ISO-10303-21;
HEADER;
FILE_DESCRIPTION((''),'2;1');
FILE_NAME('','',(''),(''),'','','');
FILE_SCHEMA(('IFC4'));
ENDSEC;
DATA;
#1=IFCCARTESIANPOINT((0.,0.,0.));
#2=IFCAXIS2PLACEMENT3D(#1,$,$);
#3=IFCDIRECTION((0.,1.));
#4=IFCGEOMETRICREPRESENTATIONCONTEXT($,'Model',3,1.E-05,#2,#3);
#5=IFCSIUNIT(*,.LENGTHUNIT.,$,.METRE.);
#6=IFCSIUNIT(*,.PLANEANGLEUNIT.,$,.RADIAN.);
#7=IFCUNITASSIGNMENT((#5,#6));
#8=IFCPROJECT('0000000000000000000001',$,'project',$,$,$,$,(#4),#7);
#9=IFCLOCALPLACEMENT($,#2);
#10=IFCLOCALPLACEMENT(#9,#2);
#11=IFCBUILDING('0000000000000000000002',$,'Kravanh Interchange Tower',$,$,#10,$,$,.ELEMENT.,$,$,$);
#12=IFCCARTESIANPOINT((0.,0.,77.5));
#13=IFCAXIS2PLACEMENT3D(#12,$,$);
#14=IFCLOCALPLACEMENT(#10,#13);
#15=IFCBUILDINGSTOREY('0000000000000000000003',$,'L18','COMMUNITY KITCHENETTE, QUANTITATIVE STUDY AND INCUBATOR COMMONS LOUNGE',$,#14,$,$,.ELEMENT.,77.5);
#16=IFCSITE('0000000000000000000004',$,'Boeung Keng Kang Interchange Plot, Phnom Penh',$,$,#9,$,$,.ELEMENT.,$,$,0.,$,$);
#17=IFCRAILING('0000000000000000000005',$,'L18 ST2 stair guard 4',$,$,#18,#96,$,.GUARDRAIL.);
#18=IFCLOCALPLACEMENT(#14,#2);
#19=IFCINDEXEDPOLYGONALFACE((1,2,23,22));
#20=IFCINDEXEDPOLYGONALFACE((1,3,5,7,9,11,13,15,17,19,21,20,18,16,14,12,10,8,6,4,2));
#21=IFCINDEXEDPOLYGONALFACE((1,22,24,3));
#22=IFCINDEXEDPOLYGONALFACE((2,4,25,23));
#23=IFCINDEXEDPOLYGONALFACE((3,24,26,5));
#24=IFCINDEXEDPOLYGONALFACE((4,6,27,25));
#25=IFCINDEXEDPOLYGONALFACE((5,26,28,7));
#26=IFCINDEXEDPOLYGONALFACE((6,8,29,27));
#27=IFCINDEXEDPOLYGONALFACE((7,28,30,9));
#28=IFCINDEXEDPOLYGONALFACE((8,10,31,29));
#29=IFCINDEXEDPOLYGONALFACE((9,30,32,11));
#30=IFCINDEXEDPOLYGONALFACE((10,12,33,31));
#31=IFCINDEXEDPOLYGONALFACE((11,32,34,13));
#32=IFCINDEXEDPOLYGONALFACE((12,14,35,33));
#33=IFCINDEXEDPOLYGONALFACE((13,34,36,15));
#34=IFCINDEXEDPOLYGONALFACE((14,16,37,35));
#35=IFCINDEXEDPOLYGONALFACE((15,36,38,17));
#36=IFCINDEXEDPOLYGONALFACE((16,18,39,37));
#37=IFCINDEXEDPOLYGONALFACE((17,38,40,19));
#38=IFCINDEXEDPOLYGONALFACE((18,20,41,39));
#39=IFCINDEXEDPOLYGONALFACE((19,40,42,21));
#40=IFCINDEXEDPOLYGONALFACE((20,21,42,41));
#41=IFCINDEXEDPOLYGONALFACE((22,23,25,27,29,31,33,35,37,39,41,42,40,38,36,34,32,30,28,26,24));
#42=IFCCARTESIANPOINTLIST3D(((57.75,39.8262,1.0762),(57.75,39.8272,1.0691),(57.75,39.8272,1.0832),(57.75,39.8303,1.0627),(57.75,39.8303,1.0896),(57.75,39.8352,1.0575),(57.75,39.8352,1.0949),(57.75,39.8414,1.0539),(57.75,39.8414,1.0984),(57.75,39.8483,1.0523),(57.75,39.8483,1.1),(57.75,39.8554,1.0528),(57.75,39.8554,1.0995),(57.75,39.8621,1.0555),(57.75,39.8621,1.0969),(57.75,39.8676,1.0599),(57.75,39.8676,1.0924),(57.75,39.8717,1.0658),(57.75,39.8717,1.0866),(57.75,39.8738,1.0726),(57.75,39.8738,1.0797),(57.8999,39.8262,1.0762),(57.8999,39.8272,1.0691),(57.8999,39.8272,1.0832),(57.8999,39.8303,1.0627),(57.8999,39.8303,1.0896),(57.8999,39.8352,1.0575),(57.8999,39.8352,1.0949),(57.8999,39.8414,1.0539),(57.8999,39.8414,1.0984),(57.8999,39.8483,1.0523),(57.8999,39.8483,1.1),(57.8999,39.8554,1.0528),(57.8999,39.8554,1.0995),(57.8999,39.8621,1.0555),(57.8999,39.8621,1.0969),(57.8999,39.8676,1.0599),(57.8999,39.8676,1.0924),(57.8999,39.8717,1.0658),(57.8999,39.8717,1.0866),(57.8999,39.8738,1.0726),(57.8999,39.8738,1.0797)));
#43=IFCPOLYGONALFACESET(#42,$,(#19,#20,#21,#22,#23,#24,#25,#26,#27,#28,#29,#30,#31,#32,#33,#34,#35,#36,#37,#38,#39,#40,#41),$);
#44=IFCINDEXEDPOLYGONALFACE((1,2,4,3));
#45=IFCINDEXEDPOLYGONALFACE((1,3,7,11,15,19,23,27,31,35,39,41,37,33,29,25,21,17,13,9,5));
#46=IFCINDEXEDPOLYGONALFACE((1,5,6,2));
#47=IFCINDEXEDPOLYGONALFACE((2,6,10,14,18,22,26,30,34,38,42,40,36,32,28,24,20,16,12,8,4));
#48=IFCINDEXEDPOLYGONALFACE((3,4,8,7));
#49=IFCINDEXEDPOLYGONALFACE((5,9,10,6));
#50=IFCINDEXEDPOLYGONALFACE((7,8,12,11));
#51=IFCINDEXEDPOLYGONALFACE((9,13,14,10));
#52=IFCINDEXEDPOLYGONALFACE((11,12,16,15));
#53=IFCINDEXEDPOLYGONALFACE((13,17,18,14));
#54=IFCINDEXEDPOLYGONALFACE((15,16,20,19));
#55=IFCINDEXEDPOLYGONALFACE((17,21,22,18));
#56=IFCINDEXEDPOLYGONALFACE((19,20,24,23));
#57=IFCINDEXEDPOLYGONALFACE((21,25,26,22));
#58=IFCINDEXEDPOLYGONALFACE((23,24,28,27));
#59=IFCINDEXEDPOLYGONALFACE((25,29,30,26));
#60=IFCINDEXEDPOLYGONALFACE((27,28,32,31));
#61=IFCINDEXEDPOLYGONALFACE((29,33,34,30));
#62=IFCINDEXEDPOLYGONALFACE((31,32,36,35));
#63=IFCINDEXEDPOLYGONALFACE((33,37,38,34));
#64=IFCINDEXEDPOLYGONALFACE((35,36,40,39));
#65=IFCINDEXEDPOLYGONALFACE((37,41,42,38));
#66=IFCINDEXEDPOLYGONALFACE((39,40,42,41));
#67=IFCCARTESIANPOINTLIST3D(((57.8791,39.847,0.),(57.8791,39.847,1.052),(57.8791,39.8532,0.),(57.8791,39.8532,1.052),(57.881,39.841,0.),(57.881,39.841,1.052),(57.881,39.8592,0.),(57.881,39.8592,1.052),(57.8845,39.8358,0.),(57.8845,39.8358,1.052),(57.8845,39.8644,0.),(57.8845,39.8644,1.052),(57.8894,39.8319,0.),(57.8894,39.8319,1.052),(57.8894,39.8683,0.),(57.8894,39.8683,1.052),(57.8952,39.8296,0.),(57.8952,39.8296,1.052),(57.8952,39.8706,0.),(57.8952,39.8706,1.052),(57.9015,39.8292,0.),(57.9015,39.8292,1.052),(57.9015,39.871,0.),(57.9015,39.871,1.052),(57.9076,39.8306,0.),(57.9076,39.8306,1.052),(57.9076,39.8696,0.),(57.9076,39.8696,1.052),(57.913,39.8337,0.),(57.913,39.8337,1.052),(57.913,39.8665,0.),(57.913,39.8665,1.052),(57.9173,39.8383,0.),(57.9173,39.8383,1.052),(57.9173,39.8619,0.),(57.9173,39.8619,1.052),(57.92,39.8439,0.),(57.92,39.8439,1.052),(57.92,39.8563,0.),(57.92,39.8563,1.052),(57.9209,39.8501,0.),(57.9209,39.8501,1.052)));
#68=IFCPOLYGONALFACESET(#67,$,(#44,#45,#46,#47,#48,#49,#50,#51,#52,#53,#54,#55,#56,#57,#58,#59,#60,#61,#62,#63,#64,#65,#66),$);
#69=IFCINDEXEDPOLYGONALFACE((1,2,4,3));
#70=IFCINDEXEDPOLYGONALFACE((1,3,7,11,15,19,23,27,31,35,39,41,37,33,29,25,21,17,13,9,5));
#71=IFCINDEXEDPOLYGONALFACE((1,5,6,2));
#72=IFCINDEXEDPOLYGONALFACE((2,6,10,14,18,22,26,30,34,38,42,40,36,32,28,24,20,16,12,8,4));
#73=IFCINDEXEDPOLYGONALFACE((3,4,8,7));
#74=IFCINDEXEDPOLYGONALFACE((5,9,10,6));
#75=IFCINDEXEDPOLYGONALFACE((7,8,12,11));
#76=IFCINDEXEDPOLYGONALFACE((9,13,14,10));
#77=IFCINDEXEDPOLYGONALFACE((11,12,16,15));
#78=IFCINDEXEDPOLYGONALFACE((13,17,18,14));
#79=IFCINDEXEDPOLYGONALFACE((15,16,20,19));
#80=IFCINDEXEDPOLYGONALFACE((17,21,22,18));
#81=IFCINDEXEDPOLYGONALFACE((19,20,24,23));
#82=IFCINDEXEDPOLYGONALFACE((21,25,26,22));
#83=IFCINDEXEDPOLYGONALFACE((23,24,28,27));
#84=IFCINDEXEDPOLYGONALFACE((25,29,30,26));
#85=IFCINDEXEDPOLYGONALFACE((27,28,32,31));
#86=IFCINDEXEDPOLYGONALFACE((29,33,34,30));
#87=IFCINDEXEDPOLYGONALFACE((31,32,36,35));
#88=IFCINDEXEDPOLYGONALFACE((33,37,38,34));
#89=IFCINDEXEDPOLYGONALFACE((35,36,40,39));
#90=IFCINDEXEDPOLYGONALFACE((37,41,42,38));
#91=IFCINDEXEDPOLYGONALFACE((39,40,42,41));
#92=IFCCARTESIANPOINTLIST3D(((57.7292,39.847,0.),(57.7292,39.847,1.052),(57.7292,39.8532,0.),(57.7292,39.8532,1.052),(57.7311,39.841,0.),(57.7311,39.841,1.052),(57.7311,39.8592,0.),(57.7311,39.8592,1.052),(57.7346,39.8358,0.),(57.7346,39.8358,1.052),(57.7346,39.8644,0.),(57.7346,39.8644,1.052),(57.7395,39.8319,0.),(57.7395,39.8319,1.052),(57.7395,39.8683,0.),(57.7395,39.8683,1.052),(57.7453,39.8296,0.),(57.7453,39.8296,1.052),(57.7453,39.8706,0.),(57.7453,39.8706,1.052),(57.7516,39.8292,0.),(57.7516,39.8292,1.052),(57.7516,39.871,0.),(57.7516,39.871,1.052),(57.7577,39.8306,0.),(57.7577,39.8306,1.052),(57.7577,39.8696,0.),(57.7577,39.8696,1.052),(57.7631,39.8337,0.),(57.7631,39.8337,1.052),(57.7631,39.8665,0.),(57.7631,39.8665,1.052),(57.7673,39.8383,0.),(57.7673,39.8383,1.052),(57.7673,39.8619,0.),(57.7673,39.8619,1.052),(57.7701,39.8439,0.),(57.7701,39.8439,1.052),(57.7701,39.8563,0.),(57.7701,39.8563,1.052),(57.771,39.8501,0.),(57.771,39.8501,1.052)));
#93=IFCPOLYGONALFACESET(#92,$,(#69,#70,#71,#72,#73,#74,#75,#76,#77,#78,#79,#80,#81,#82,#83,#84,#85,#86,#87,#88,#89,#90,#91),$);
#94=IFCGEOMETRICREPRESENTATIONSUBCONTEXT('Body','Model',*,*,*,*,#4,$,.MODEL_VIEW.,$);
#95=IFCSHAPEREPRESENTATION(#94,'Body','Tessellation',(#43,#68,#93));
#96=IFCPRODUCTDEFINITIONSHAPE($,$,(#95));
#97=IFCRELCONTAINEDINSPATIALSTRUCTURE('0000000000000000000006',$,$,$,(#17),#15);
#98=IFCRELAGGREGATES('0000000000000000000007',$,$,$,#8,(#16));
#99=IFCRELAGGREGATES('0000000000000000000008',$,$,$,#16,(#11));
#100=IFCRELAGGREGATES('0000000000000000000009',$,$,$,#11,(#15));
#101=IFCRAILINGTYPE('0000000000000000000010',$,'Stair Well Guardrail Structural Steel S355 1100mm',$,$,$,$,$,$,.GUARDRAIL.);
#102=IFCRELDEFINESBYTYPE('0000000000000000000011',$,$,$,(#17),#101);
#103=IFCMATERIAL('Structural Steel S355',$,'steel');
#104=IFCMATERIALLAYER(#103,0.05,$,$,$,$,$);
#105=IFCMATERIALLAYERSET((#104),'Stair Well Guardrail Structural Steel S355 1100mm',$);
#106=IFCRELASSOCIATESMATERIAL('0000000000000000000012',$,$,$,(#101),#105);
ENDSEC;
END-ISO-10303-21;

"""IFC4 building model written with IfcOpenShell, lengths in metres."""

from ifc_helpers import new_model, si_unit, direction, frame, origin, origin_2d, place, context, subcontext, project, spatial, circle, extrude, material, layer, layer_set, type_object, element, save


model = new_model("IFC4")

# Units and contexts
model_context = context("Model", 3, precision=1e-05, world=origin(), true_north=direction((0.0, 1.0)))
body_context = subcontext(model_context, "Body", "Model", "MODEL_VIEW")
ifc_project = project(units=[si_unit("LENGTHUNIT", "METRE"), si_unit("PLANEANGLEUNIT", "RADIAN")], contexts=[model_context])

# Site, building, storey
site_placement = place(None, origin())
site = spatial("IfcSite", under=ifc_project, at=site_placement, Name="Boeung Keng Kang Interchange Plot, Phnom Penh", CompositionType="ELEMENT", RefElevation=0.0)
building_placement = place(site_placement, origin())
building = spatial("IfcBuilding", under=site, at=building_placement, Name="Kravanh Interchange Tower", CompositionType="ELEMENT")
storey_placement = place(building_placement, frame((0.0, 0.0, 77.5)))
storey = spatial("IfcBuildingStorey", under=building, at=storey_placement, Name="L18", Description="COMMUNITY KITCHENETTE, QUANTITATIVE STUDY AND INCUBATOR COMMONS LOUNGE", CompositionType="ELEMENT", Elevation=77.5)

# Railing
ifc_material_1 = material(Name="Structural Steel S355", Category="steel")
ifc_layer_1 = layer(ifc_material_1, 0.05)
ifc_layer_set_1 = layer_set([ifc_layer_1], Name="Stair Well Guardrail Structural Steel S355 1100mm")
railing_type_1 = type_object("IfcRailingType", Name="Stair Well Guardrail Structural Steel S355 1100mm", PredefinedType="GUARDRAIL", material=ifc_layer_set_1)
railing_1_placement = place(storey_placement, frame((57.8999, 39.8501, 0.0)))
element("IfcRailing", 1, at=railing_1_placement, inside=storey, type_object=railing_type_1, Name="L18 ST2 stair guard 4", PredefinedType="GUARDRAIL", context=body_context, shape_type="SweptSolid", body=[
    extrude(circle(Radius=0.0239, at=origin_2d()), frame((0.0, 0.0, 1.0762), z_axis=(-1.0, 0.0, 0.0), x_axis=(0.0, -1.0, 0.0)), (0.0, 0.0, 1.0), 0.1499),
    extrude(circle(Radius=0.021, at=origin_2d()), origin(), (0.0, 0.0, 1.0), 1.052),
    extrude(circle(Radius=0.021, at=origin_2d()), frame((-0.1499, 0.0, 0.0)), (0.0, 0.0, 1.0), 1.052),
])

save(model, "model.ifc")
